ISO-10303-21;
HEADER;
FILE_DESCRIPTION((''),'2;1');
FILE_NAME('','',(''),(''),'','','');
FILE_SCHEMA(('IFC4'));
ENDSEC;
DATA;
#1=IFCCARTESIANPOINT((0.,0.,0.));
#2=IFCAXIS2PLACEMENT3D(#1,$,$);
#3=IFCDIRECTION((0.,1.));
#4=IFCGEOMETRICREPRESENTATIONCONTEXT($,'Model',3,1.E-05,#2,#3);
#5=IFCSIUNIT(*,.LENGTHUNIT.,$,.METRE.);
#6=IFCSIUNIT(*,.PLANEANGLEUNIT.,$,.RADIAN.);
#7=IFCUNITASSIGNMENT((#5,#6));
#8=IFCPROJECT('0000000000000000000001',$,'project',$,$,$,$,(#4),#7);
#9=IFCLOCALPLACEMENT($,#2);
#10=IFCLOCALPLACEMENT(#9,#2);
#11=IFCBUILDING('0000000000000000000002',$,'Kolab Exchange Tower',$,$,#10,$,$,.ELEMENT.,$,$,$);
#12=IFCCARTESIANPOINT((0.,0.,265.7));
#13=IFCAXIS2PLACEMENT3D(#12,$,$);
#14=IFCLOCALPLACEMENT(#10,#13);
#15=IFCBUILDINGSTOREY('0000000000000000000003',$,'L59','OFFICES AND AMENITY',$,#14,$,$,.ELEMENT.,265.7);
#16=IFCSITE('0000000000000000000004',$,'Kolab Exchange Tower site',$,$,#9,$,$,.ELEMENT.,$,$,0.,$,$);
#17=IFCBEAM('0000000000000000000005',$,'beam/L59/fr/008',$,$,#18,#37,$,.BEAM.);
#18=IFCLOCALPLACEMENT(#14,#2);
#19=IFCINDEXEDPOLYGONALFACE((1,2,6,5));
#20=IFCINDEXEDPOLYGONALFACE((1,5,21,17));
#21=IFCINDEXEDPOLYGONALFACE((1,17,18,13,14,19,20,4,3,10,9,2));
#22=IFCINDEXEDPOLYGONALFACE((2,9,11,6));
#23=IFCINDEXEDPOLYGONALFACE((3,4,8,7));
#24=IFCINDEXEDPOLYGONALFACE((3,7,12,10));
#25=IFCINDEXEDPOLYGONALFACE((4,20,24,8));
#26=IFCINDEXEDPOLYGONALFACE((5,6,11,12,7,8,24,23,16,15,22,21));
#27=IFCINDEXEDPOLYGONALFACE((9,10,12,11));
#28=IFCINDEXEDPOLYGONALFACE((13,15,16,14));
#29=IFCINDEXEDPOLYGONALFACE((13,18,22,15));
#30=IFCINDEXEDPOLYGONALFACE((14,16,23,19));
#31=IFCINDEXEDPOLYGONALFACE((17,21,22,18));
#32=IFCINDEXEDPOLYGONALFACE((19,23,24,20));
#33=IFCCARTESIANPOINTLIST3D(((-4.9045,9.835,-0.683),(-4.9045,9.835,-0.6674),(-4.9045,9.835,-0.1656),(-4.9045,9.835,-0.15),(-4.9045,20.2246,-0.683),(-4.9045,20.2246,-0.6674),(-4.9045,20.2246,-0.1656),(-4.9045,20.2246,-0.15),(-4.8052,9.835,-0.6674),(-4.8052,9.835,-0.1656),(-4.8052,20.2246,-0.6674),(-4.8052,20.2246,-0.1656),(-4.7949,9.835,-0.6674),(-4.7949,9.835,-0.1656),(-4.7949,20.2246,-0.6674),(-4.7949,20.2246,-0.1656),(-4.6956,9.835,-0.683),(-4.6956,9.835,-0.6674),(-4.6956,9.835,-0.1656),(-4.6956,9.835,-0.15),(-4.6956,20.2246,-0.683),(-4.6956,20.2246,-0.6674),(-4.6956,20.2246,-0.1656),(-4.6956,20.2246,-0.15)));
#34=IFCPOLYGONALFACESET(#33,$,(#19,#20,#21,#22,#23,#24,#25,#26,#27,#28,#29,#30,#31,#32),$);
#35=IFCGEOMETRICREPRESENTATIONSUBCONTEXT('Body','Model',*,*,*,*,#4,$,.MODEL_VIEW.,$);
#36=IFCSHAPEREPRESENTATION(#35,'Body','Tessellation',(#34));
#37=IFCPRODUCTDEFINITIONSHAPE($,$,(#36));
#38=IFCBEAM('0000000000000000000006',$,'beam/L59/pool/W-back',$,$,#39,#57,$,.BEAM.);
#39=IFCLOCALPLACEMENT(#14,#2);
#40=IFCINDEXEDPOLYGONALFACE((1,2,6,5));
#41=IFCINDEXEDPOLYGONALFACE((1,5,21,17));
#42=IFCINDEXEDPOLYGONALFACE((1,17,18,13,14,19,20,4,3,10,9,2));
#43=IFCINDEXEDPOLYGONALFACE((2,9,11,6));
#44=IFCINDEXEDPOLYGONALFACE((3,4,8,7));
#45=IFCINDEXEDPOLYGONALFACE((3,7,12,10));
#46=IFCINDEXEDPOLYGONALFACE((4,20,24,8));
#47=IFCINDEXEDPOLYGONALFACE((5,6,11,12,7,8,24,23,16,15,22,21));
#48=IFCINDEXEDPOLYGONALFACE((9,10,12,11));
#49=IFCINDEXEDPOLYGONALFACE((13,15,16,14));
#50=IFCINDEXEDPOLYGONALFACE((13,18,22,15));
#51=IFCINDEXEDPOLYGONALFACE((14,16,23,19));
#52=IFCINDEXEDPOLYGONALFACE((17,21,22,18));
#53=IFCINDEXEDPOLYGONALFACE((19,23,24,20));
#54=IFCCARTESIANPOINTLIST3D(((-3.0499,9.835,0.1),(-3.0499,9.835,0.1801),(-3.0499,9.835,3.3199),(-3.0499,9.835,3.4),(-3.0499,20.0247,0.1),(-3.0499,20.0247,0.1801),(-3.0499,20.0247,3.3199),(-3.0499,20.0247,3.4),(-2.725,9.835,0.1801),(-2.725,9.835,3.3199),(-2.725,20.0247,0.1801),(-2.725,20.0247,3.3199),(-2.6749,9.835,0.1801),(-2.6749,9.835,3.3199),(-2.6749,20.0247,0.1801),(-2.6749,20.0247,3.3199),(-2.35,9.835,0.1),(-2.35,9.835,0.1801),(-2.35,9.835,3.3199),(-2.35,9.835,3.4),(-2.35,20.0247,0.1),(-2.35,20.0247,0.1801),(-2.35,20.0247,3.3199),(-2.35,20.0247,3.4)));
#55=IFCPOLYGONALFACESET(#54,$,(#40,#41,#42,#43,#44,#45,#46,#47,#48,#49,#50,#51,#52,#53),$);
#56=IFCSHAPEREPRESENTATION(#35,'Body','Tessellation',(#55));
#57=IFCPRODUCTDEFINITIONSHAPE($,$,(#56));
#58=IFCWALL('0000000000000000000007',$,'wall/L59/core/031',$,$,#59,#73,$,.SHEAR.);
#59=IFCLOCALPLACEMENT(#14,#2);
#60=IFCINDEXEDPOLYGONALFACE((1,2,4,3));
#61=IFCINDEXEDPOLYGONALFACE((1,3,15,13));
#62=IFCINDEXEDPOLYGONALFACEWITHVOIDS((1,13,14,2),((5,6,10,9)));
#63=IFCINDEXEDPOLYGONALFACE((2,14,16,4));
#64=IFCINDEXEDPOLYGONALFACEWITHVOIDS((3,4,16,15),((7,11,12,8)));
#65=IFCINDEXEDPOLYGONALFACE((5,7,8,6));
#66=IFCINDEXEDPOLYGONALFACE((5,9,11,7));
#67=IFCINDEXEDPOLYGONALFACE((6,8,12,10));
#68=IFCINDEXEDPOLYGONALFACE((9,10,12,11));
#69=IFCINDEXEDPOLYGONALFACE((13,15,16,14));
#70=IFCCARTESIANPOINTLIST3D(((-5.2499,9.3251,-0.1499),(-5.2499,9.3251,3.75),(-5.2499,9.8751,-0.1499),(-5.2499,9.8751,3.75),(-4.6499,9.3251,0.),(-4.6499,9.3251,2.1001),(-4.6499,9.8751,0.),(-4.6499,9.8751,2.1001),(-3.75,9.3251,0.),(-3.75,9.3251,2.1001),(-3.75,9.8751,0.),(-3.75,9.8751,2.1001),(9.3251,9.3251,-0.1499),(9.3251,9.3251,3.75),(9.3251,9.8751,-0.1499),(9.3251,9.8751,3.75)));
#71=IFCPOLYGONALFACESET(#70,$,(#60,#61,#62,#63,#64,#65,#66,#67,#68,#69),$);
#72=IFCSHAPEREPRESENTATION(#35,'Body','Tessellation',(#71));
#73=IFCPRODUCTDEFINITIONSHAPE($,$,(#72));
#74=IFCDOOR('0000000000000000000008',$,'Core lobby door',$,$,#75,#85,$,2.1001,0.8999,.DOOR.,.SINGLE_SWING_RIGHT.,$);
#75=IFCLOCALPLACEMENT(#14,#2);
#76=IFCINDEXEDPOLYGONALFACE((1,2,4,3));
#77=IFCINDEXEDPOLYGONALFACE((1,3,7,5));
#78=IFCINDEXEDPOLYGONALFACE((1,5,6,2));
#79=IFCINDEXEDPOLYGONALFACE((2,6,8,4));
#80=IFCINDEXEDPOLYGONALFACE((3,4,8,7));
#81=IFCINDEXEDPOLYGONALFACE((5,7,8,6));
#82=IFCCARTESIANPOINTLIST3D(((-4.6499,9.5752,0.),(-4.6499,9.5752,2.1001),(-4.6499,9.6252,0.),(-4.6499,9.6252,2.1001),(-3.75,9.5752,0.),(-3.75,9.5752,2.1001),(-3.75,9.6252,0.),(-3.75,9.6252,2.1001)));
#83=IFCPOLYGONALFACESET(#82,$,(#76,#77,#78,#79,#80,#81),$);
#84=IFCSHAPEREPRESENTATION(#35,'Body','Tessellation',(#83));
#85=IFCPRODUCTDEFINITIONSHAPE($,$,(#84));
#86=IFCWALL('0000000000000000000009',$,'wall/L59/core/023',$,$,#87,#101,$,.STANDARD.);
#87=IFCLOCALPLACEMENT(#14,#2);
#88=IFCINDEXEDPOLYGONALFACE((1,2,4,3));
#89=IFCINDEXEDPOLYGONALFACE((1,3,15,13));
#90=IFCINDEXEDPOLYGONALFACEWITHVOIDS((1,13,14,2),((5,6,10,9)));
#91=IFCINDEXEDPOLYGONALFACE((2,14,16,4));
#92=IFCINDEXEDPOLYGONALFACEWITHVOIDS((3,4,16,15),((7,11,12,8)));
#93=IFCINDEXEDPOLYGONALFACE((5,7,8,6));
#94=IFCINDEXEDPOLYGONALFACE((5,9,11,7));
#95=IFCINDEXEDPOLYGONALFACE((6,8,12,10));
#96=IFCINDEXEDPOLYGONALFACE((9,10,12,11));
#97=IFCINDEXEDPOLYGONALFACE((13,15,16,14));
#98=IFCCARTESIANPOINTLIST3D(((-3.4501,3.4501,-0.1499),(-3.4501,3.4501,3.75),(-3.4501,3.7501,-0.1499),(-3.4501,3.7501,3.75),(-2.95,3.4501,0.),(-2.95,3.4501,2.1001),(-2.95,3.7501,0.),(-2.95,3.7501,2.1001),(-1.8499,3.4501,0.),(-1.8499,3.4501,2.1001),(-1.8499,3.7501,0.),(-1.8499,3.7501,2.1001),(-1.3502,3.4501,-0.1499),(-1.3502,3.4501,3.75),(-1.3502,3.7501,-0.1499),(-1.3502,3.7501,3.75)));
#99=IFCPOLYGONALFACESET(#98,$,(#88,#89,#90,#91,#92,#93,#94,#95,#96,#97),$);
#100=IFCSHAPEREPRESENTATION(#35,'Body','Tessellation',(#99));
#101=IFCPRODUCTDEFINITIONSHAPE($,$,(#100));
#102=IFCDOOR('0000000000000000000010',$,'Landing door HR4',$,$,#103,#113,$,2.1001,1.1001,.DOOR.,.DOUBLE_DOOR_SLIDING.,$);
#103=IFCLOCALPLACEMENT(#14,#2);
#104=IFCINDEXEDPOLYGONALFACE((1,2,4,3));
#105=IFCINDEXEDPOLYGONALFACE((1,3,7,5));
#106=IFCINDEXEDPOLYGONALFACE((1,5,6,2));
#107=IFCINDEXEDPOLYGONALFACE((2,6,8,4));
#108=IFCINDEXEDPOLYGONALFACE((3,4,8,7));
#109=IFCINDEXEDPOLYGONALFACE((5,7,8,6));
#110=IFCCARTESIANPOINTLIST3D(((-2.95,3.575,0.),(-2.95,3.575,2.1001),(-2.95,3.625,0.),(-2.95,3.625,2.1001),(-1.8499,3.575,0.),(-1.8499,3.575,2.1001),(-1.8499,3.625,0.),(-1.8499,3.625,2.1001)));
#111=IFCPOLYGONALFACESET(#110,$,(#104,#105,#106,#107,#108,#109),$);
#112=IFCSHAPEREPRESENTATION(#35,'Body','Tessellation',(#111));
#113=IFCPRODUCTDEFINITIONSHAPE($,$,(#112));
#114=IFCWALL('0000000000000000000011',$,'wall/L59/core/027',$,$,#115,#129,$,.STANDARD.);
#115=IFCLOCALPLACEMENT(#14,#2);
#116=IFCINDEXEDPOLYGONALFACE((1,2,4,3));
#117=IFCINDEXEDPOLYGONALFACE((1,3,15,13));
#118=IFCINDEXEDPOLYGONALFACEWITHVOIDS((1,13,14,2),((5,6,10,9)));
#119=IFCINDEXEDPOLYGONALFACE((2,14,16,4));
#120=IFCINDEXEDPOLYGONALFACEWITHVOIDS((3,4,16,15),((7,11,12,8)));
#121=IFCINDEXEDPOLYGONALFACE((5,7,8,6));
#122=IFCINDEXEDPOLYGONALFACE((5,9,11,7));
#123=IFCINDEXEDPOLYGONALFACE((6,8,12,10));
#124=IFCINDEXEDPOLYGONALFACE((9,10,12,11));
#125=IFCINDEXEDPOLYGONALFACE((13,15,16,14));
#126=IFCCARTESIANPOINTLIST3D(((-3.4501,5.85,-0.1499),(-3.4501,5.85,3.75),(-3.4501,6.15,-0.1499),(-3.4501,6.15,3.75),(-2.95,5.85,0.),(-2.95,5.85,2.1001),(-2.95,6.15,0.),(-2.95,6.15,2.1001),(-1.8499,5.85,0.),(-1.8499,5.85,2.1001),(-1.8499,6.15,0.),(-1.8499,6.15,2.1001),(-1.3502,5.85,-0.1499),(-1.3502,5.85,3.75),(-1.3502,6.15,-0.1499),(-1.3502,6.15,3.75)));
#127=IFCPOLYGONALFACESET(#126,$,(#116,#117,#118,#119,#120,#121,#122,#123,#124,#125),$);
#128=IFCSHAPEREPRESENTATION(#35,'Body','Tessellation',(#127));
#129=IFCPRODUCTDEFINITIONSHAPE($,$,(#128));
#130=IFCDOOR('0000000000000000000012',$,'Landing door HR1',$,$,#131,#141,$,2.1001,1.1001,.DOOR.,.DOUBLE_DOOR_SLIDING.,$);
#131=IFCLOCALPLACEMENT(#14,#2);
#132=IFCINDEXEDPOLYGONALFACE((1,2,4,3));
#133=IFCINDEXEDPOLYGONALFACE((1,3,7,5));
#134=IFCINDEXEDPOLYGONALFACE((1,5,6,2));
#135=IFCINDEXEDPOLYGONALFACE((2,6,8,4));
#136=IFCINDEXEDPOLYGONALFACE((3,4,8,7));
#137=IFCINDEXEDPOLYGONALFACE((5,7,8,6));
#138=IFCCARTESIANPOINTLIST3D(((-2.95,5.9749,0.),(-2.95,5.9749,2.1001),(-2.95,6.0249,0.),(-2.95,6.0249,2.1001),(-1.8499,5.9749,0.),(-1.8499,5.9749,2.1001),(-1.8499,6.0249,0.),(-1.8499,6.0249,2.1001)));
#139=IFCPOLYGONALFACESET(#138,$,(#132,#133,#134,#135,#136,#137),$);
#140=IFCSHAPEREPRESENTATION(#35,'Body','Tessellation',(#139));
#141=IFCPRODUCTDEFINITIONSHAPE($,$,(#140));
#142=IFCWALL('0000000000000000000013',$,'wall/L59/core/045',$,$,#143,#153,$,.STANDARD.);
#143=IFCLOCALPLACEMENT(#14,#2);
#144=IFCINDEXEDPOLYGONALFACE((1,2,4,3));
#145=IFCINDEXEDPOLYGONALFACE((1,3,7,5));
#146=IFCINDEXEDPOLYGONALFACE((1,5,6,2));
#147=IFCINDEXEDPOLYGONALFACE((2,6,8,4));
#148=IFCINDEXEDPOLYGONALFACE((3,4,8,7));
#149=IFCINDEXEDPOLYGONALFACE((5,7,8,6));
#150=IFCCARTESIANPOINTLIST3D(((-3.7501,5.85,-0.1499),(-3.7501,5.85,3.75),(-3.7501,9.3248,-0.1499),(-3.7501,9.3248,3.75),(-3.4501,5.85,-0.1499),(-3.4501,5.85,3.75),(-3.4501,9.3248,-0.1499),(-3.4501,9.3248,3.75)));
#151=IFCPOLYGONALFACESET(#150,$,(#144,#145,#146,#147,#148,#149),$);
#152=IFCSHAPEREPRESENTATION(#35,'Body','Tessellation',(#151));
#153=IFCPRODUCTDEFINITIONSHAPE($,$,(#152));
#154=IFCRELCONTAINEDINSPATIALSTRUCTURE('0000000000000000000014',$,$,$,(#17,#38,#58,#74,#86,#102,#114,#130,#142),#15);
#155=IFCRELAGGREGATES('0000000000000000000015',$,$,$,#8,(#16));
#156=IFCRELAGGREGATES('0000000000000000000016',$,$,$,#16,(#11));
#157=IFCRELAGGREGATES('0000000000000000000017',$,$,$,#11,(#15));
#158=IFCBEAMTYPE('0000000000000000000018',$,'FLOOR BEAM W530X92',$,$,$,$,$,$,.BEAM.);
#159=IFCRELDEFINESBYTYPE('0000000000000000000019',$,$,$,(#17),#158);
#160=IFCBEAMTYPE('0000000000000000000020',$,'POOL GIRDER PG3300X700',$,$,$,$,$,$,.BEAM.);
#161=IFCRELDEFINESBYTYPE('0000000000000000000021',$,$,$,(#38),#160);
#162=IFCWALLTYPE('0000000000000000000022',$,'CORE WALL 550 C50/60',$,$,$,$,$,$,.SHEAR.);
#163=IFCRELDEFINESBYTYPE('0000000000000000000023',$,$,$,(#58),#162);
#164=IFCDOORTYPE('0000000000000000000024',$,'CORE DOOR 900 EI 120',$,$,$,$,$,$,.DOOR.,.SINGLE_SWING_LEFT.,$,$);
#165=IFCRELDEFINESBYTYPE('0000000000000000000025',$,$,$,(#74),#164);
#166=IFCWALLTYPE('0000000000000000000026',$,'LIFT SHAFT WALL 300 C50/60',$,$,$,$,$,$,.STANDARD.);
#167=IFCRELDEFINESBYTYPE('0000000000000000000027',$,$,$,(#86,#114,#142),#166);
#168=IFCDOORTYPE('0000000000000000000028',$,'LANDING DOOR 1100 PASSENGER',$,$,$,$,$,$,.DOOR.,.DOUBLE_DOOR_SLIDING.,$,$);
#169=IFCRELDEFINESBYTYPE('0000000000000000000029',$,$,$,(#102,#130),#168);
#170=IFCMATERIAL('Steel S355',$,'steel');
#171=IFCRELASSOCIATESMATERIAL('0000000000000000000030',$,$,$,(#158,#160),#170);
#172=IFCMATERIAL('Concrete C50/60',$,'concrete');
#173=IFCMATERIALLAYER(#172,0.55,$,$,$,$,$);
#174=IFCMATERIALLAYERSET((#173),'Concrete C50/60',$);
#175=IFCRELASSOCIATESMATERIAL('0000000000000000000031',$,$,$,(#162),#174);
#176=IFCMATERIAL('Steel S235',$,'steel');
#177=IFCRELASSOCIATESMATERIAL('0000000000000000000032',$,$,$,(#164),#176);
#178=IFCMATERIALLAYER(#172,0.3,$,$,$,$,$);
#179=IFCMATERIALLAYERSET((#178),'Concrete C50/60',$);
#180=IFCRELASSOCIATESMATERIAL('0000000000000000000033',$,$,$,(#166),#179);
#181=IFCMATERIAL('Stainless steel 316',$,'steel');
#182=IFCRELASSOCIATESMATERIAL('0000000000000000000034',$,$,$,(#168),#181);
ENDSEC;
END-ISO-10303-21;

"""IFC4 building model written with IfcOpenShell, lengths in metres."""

from ifc_helpers import new_model, si_unit, direction, frame, frame_2d, origin, origin_2d, place, context, subcontext, project, spatial, rectangle, i_section, extrude, material, layer, layer_set, material_profile, profile_set, type_object, element, fill, save


model = new_model("IFC4")

# Units and contexts
model_context = context("Model", 3, precision=1e-05, world=origin(), true_north=direction((0.0, 1.0)))
body_context = subcontext(model_context, "Body", "Model", "MODEL_VIEW")
ifc_project = project(units=[si_unit("LENGTHUNIT", "METRE"), si_unit("PLANEANGLEUNIT", "RADIAN")], contexts=[model_context])

# Site, building, storey
site_placement = place(None, origin())
site = spatial("IfcSite", under=ifc_project, at=site_placement, Name="Kolab Exchange Tower site", CompositionType="ELEMENT", RefElevation=0.0)
building_placement = place(site_placement, origin())
building = spatial("IfcBuilding", under=site, at=building_placement, Name="Kolab Exchange Tower", CompositionType="ELEMENT")
storey_placement = place(building_placement, frame((0.0, 0.0, 265.7)))
storey = spatial("IfcBuildingStorey", under=building, at=storey_placement, Name="L59", Description="OFFICES AND AMENITY", CompositionType="ELEMENT", Elevation=265.7)

# Beams
ifc_material_1 = material(Name="Steel S355", Category="steel")
ifc_material_profile_1 = material_profile(ifc_material_1, i_section(OverallWidth=0.209, OverallDepth=0.533, WebThickness=0.0103, FlangeThickness=0.0156, at=origin_2d()), Name="W530X92")
ifc_profile_set_1 = profile_set([ifc_material_profile_1], Name="Steel S355")
beam_type_1 = type_object("IfcBeamType", Name="FLOOR BEAM W530X92", PredefinedType="BEAM", material=ifc_profile_set_1)
beam_1_placement = place(storey_placement, frame((-4.8, 9.835, -0.4165), z_axis=(0.0, 1.0, 0.0), x_axis=(-1.0, 0.0, 0.0)))
element("IfcBeam", 1, at=beam_1_placement, inside=storey, type_object=beam_type_1, Name="beam/L59/fr/008", PredefinedType="BEAM", context=body_context, shape_type="SweptSolid", body=[
    extrude(i_section(OverallWidth=0.209, OverallDepth=0.533, WebThickness=0.0103, FlangeThickness=0.0156, at=origin_2d()), origin(), (0.0, 0.0, 1.0), 10.3896),
])
ifc_material_profile_2 = material_profile(ifc_material_1, i_section(OverallWidth=0.7, OverallDepth=3.3, WebThickness=0.05, FlangeThickness=0.0801, at=origin_2d()), Name="PG3300X700")
ifc_profile_set_2 = profile_set([ifc_material_profile_2], Name="Steel S355")
beam_type_2 = type_object("IfcBeamType", Name="POOL GIRDER PG3300X700", PredefinedType="BEAM", material=ifc_profile_set_2)
beam_2_placement = place(storey_placement, frame((-2.7, 9.835, 1.75), z_axis=(0.0, 1.0, 0.0), x_axis=(-1.0, 0.0, 0.0)))
element("IfcBeam", 2, at=beam_2_placement, inside=storey, type_object=beam_type_2, Name="beam/L59/pool/W-back", PredefinedType="BEAM", context=body_context, shape_type="SweptSolid", body=[
    extrude(i_section(OverallWidth=0.7, OverallDepth=3.3, WebThickness=0.05, FlangeThickness=0.0801, at=origin_2d()), origin(), (0.0, 0.0, 1.0), 10.1897),
])

# Walls, openings, doors
ifc_material_2 = material(Name="Concrete C50/60", Category="concrete")
ifc_layer_1 = layer(ifc_material_2, 0.55)
ifc_layer_set_1 = layer_set([ifc_layer_1], Name="Concrete C50/60")
wall_type_1 = type_object("IfcWallType", Name="CORE WALL 550 C50/60", PredefinedType="SHEAR", material=ifc_layer_set_1)
wall_1_placement = place(storey_placement, frame((-5.25, 9.6001, -0.1499), z_axis=(0.0, 0.0, 1.0), x_axis=(1.0, 0.0, 0.0)))
wall_1 = element("IfcWall", 3, at=wall_1_placement, inside=storey, type_object=wall_type_1, Name="wall/L59/core/031", PredefinedType="SHEAR", context=body_context, shape_type="SweptSolid", body=[
    extrude(rectangle(XDim=14.575, YDim=0.55, at=frame_2d((7.2876, 0.0))), origin(), (0.0, 0.0, 1.0), 3.8999),
])
opening_1_placement = place(wall_1_placement, frame((0.6001, 0.0, 0.1499)))
opening_1 = element("IfcOpeningElement", 4, at=opening_1_placement, cuts=wall_1, PredefinedType="OPENING", context=body_context, shape_type="SweptSolid", body=[
    extrude(rectangle(XDim=0.8999, YDim=2.1001, at=frame_2d((0.45, 1.05))), frame((0.0, 0.2852, 0.0), z_axis=(0.0, -1.0, 0.0), x_axis=(1.0, 0.0, 0.0)), (0.0, 0.0, 1.0), 0.5701),
])
ifc_material_3 = material(Name="Steel S235", Category="steel")
door_type_1 = type_object("IfcDoorType", Name="CORE DOOR 900 EI 120", OperationType="SINGLE_SWING_LEFT", PredefinedType="DOOR", material=ifc_material_3)
door_1_placement = place(opening_1_placement, frame((0.8999, 0.0, 0.0), z_axis=(0.0, 0.0, 1.0), x_axis=(-1.0, 0.0, 0.0)))
door_1 = element("IfcDoor", 5, at=door_1_placement, inside=storey, type_object=door_type_1, Name="Core lobby door", OperationType="SINGLE_SWING_RIGHT", OverallHeight=2.1001, OverallWidth=0.8999, PredefinedType="DOOR", context=body_context, shape_type="SweptSolid", body=[
    extrude(rectangle(XDim=0.8999, YDim=2.1001, at=frame_2d((0.45, 1.05))), frame((0.0, 0.0249, 0.0), z_axis=(0.0, -1.0, 0.0), x_axis=(1.0, 0.0, 0.0)), (0.0, 0.0, 1.0), 0.05),
])
fill(opening_1, door_1)
ifc_layer_2 = layer(ifc_material_2, 0.3)
ifc_layer_set_2 = layer_set([ifc_layer_2], Name="Concrete C50/60")
wall_type_2 = type_object("IfcWallType", Name="LIFT SHAFT WALL 300 C50/60", PredefinedType="STANDARD", material=ifc_layer_set_2)
wall_2_placement = place(storey_placement, frame((-3.45, 3.6001, -0.1499), z_axis=(0.0, 0.0, 1.0), x_axis=(1.0, 0.0, 0.0)))
wall_2 = element("IfcWall", 6, at=wall_2_placement, inside=storey, type_object=wall_type_2, Name="wall/L59/core/023", PredefinedType="STANDARD", context=body_context, shape_type="SweptSolid", body=[
    extrude(rectangle(XDim=2.0999, YDim=0.3, at=frame_2d((1.0498, 0.0))), origin(), (0.0, 0.0, 1.0), 3.8999),
])
opening_2_placement = place(wall_2_placement, frame((0.5, 0.0, 0.1499)))
opening_2 = element("IfcOpeningElement", 7, at=opening_2_placement, cuts=wall_2, PredefinedType="OPENING", context=body_context, shape_type="SweptSolid", body=[
    extrude(rectangle(XDim=1.1001, YDim=2.1001, at=frame_2d((0.55, 1.05))), frame((0.0, 0.1602, 0.0), z_axis=(0.0, -1.0, 0.0), x_axis=(1.0, 0.0, 0.0)), (0.0, 0.0, 1.0), 0.3201),
])
ifc_material_4 = material(Name="Stainless steel 316", Category="steel")
door_type_2 = type_object("IfcDoorType", Name="LANDING DOOR 1100 PASSENGER", OperationType="DOUBLE_DOOR_SLIDING", PredefinedType="DOOR", material=ifc_material_4)
door_2_placement = place(opening_2_placement, origin())
door_2 = element("IfcDoor", 8, at=door_2_placement, inside=storey, type_object=door_type_2, Name="Landing door HR4", OperationType="DOUBLE_DOOR_SLIDING", OverallHeight=2.1001, OverallWidth=1.1001, PredefinedType="DOOR", context=body_context, shape_type="SweptSolid", body=[
    extrude(rectangle(XDim=1.1001, YDim=2.1001, at=frame_2d((0.55, 1.05))), frame((0.0, 0.0249, 0.0), z_axis=(0.0, -1.0, 0.0), x_axis=(1.0, 0.0, 0.0)), (0.0, 0.0, 1.0), 0.05),
])
fill(opening_2, door_2)
wall_3_placement = place(storey_placement, frame((-3.45, 6.0, -0.1499), z_axis=(0.0, 0.0, 1.0), x_axis=(1.0, 0.0, 0.0)))
wall_3 = element("IfcWall", 9, at=wall_3_placement, inside=storey, type_object=wall_type_2, Name="wall/L59/core/027", PredefinedType="STANDARD", context=body_context, shape_type="SweptSolid", body=[
    extrude(rectangle(XDim=2.0999, YDim=0.3, at=frame_2d((1.0498, 0.0))), origin(), (0.0, 0.0, 1.0), 3.8999),
])
opening_3_placement = place(wall_3_placement, frame((0.5, 0.0, 0.1499)))
opening_3 = element("IfcOpeningElement", 10, at=opening_3_placement, cuts=wall_3, PredefinedType="OPENING", context=body_context, shape_type="SweptSolid", body=[
    extrude(rectangle(XDim=1.1001, YDim=2.1001, at=frame_2d((0.55, 1.05))), frame((0.0, 0.1602, 0.0), z_axis=(0.0, -1.0, 0.0), x_axis=(1.0, 0.0, 0.0)), (0.0, 0.0, 1.0), 0.3201),
])
door_3_placement = place(opening_3_placement, origin())
door_3 = element("IfcDoor", 11, at=door_3_placement, inside=storey, type_object=door_type_2, Name="Landing door HR1", OperationType="DOUBLE_DOOR_SLIDING", OverallHeight=2.1001, OverallWidth=1.1001, PredefinedType="DOOR", context=body_context, shape_type="SweptSolid", body=[
    extrude(rectangle(XDim=1.1001, YDim=2.1001, at=frame_2d((0.55, 1.05))), frame((0.0, 0.0249, 0.0), z_axis=(0.0, -1.0, 0.0), x_axis=(1.0, 0.0, 0.0)), (0.0, 0.0, 1.0), 0.05),
])
fill(opening_3, door_3)

# Wall
wall_4_placement = place(storey_placement, frame((-3.6001, 5.8501, -0.1499), z_axis=(0.0, 0.0, 1.0), x_axis=(0.0, 1.0, 0.0)))
element("IfcWall", 12, at=wall_4_placement, inside=storey, type_object=wall_type_2, Name="wall/L59/core/045", PredefinedType="STANDARD", context=body_context, shape_type="SweptSolid", body=[
    extrude(rectangle(XDim=3.4749, YDim=0.3, at=frame_2d((1.7373, 0.0))), origin(), (0.0, 0.0, 1.0), 3.8999),
])

save(model, "model.ifc")
